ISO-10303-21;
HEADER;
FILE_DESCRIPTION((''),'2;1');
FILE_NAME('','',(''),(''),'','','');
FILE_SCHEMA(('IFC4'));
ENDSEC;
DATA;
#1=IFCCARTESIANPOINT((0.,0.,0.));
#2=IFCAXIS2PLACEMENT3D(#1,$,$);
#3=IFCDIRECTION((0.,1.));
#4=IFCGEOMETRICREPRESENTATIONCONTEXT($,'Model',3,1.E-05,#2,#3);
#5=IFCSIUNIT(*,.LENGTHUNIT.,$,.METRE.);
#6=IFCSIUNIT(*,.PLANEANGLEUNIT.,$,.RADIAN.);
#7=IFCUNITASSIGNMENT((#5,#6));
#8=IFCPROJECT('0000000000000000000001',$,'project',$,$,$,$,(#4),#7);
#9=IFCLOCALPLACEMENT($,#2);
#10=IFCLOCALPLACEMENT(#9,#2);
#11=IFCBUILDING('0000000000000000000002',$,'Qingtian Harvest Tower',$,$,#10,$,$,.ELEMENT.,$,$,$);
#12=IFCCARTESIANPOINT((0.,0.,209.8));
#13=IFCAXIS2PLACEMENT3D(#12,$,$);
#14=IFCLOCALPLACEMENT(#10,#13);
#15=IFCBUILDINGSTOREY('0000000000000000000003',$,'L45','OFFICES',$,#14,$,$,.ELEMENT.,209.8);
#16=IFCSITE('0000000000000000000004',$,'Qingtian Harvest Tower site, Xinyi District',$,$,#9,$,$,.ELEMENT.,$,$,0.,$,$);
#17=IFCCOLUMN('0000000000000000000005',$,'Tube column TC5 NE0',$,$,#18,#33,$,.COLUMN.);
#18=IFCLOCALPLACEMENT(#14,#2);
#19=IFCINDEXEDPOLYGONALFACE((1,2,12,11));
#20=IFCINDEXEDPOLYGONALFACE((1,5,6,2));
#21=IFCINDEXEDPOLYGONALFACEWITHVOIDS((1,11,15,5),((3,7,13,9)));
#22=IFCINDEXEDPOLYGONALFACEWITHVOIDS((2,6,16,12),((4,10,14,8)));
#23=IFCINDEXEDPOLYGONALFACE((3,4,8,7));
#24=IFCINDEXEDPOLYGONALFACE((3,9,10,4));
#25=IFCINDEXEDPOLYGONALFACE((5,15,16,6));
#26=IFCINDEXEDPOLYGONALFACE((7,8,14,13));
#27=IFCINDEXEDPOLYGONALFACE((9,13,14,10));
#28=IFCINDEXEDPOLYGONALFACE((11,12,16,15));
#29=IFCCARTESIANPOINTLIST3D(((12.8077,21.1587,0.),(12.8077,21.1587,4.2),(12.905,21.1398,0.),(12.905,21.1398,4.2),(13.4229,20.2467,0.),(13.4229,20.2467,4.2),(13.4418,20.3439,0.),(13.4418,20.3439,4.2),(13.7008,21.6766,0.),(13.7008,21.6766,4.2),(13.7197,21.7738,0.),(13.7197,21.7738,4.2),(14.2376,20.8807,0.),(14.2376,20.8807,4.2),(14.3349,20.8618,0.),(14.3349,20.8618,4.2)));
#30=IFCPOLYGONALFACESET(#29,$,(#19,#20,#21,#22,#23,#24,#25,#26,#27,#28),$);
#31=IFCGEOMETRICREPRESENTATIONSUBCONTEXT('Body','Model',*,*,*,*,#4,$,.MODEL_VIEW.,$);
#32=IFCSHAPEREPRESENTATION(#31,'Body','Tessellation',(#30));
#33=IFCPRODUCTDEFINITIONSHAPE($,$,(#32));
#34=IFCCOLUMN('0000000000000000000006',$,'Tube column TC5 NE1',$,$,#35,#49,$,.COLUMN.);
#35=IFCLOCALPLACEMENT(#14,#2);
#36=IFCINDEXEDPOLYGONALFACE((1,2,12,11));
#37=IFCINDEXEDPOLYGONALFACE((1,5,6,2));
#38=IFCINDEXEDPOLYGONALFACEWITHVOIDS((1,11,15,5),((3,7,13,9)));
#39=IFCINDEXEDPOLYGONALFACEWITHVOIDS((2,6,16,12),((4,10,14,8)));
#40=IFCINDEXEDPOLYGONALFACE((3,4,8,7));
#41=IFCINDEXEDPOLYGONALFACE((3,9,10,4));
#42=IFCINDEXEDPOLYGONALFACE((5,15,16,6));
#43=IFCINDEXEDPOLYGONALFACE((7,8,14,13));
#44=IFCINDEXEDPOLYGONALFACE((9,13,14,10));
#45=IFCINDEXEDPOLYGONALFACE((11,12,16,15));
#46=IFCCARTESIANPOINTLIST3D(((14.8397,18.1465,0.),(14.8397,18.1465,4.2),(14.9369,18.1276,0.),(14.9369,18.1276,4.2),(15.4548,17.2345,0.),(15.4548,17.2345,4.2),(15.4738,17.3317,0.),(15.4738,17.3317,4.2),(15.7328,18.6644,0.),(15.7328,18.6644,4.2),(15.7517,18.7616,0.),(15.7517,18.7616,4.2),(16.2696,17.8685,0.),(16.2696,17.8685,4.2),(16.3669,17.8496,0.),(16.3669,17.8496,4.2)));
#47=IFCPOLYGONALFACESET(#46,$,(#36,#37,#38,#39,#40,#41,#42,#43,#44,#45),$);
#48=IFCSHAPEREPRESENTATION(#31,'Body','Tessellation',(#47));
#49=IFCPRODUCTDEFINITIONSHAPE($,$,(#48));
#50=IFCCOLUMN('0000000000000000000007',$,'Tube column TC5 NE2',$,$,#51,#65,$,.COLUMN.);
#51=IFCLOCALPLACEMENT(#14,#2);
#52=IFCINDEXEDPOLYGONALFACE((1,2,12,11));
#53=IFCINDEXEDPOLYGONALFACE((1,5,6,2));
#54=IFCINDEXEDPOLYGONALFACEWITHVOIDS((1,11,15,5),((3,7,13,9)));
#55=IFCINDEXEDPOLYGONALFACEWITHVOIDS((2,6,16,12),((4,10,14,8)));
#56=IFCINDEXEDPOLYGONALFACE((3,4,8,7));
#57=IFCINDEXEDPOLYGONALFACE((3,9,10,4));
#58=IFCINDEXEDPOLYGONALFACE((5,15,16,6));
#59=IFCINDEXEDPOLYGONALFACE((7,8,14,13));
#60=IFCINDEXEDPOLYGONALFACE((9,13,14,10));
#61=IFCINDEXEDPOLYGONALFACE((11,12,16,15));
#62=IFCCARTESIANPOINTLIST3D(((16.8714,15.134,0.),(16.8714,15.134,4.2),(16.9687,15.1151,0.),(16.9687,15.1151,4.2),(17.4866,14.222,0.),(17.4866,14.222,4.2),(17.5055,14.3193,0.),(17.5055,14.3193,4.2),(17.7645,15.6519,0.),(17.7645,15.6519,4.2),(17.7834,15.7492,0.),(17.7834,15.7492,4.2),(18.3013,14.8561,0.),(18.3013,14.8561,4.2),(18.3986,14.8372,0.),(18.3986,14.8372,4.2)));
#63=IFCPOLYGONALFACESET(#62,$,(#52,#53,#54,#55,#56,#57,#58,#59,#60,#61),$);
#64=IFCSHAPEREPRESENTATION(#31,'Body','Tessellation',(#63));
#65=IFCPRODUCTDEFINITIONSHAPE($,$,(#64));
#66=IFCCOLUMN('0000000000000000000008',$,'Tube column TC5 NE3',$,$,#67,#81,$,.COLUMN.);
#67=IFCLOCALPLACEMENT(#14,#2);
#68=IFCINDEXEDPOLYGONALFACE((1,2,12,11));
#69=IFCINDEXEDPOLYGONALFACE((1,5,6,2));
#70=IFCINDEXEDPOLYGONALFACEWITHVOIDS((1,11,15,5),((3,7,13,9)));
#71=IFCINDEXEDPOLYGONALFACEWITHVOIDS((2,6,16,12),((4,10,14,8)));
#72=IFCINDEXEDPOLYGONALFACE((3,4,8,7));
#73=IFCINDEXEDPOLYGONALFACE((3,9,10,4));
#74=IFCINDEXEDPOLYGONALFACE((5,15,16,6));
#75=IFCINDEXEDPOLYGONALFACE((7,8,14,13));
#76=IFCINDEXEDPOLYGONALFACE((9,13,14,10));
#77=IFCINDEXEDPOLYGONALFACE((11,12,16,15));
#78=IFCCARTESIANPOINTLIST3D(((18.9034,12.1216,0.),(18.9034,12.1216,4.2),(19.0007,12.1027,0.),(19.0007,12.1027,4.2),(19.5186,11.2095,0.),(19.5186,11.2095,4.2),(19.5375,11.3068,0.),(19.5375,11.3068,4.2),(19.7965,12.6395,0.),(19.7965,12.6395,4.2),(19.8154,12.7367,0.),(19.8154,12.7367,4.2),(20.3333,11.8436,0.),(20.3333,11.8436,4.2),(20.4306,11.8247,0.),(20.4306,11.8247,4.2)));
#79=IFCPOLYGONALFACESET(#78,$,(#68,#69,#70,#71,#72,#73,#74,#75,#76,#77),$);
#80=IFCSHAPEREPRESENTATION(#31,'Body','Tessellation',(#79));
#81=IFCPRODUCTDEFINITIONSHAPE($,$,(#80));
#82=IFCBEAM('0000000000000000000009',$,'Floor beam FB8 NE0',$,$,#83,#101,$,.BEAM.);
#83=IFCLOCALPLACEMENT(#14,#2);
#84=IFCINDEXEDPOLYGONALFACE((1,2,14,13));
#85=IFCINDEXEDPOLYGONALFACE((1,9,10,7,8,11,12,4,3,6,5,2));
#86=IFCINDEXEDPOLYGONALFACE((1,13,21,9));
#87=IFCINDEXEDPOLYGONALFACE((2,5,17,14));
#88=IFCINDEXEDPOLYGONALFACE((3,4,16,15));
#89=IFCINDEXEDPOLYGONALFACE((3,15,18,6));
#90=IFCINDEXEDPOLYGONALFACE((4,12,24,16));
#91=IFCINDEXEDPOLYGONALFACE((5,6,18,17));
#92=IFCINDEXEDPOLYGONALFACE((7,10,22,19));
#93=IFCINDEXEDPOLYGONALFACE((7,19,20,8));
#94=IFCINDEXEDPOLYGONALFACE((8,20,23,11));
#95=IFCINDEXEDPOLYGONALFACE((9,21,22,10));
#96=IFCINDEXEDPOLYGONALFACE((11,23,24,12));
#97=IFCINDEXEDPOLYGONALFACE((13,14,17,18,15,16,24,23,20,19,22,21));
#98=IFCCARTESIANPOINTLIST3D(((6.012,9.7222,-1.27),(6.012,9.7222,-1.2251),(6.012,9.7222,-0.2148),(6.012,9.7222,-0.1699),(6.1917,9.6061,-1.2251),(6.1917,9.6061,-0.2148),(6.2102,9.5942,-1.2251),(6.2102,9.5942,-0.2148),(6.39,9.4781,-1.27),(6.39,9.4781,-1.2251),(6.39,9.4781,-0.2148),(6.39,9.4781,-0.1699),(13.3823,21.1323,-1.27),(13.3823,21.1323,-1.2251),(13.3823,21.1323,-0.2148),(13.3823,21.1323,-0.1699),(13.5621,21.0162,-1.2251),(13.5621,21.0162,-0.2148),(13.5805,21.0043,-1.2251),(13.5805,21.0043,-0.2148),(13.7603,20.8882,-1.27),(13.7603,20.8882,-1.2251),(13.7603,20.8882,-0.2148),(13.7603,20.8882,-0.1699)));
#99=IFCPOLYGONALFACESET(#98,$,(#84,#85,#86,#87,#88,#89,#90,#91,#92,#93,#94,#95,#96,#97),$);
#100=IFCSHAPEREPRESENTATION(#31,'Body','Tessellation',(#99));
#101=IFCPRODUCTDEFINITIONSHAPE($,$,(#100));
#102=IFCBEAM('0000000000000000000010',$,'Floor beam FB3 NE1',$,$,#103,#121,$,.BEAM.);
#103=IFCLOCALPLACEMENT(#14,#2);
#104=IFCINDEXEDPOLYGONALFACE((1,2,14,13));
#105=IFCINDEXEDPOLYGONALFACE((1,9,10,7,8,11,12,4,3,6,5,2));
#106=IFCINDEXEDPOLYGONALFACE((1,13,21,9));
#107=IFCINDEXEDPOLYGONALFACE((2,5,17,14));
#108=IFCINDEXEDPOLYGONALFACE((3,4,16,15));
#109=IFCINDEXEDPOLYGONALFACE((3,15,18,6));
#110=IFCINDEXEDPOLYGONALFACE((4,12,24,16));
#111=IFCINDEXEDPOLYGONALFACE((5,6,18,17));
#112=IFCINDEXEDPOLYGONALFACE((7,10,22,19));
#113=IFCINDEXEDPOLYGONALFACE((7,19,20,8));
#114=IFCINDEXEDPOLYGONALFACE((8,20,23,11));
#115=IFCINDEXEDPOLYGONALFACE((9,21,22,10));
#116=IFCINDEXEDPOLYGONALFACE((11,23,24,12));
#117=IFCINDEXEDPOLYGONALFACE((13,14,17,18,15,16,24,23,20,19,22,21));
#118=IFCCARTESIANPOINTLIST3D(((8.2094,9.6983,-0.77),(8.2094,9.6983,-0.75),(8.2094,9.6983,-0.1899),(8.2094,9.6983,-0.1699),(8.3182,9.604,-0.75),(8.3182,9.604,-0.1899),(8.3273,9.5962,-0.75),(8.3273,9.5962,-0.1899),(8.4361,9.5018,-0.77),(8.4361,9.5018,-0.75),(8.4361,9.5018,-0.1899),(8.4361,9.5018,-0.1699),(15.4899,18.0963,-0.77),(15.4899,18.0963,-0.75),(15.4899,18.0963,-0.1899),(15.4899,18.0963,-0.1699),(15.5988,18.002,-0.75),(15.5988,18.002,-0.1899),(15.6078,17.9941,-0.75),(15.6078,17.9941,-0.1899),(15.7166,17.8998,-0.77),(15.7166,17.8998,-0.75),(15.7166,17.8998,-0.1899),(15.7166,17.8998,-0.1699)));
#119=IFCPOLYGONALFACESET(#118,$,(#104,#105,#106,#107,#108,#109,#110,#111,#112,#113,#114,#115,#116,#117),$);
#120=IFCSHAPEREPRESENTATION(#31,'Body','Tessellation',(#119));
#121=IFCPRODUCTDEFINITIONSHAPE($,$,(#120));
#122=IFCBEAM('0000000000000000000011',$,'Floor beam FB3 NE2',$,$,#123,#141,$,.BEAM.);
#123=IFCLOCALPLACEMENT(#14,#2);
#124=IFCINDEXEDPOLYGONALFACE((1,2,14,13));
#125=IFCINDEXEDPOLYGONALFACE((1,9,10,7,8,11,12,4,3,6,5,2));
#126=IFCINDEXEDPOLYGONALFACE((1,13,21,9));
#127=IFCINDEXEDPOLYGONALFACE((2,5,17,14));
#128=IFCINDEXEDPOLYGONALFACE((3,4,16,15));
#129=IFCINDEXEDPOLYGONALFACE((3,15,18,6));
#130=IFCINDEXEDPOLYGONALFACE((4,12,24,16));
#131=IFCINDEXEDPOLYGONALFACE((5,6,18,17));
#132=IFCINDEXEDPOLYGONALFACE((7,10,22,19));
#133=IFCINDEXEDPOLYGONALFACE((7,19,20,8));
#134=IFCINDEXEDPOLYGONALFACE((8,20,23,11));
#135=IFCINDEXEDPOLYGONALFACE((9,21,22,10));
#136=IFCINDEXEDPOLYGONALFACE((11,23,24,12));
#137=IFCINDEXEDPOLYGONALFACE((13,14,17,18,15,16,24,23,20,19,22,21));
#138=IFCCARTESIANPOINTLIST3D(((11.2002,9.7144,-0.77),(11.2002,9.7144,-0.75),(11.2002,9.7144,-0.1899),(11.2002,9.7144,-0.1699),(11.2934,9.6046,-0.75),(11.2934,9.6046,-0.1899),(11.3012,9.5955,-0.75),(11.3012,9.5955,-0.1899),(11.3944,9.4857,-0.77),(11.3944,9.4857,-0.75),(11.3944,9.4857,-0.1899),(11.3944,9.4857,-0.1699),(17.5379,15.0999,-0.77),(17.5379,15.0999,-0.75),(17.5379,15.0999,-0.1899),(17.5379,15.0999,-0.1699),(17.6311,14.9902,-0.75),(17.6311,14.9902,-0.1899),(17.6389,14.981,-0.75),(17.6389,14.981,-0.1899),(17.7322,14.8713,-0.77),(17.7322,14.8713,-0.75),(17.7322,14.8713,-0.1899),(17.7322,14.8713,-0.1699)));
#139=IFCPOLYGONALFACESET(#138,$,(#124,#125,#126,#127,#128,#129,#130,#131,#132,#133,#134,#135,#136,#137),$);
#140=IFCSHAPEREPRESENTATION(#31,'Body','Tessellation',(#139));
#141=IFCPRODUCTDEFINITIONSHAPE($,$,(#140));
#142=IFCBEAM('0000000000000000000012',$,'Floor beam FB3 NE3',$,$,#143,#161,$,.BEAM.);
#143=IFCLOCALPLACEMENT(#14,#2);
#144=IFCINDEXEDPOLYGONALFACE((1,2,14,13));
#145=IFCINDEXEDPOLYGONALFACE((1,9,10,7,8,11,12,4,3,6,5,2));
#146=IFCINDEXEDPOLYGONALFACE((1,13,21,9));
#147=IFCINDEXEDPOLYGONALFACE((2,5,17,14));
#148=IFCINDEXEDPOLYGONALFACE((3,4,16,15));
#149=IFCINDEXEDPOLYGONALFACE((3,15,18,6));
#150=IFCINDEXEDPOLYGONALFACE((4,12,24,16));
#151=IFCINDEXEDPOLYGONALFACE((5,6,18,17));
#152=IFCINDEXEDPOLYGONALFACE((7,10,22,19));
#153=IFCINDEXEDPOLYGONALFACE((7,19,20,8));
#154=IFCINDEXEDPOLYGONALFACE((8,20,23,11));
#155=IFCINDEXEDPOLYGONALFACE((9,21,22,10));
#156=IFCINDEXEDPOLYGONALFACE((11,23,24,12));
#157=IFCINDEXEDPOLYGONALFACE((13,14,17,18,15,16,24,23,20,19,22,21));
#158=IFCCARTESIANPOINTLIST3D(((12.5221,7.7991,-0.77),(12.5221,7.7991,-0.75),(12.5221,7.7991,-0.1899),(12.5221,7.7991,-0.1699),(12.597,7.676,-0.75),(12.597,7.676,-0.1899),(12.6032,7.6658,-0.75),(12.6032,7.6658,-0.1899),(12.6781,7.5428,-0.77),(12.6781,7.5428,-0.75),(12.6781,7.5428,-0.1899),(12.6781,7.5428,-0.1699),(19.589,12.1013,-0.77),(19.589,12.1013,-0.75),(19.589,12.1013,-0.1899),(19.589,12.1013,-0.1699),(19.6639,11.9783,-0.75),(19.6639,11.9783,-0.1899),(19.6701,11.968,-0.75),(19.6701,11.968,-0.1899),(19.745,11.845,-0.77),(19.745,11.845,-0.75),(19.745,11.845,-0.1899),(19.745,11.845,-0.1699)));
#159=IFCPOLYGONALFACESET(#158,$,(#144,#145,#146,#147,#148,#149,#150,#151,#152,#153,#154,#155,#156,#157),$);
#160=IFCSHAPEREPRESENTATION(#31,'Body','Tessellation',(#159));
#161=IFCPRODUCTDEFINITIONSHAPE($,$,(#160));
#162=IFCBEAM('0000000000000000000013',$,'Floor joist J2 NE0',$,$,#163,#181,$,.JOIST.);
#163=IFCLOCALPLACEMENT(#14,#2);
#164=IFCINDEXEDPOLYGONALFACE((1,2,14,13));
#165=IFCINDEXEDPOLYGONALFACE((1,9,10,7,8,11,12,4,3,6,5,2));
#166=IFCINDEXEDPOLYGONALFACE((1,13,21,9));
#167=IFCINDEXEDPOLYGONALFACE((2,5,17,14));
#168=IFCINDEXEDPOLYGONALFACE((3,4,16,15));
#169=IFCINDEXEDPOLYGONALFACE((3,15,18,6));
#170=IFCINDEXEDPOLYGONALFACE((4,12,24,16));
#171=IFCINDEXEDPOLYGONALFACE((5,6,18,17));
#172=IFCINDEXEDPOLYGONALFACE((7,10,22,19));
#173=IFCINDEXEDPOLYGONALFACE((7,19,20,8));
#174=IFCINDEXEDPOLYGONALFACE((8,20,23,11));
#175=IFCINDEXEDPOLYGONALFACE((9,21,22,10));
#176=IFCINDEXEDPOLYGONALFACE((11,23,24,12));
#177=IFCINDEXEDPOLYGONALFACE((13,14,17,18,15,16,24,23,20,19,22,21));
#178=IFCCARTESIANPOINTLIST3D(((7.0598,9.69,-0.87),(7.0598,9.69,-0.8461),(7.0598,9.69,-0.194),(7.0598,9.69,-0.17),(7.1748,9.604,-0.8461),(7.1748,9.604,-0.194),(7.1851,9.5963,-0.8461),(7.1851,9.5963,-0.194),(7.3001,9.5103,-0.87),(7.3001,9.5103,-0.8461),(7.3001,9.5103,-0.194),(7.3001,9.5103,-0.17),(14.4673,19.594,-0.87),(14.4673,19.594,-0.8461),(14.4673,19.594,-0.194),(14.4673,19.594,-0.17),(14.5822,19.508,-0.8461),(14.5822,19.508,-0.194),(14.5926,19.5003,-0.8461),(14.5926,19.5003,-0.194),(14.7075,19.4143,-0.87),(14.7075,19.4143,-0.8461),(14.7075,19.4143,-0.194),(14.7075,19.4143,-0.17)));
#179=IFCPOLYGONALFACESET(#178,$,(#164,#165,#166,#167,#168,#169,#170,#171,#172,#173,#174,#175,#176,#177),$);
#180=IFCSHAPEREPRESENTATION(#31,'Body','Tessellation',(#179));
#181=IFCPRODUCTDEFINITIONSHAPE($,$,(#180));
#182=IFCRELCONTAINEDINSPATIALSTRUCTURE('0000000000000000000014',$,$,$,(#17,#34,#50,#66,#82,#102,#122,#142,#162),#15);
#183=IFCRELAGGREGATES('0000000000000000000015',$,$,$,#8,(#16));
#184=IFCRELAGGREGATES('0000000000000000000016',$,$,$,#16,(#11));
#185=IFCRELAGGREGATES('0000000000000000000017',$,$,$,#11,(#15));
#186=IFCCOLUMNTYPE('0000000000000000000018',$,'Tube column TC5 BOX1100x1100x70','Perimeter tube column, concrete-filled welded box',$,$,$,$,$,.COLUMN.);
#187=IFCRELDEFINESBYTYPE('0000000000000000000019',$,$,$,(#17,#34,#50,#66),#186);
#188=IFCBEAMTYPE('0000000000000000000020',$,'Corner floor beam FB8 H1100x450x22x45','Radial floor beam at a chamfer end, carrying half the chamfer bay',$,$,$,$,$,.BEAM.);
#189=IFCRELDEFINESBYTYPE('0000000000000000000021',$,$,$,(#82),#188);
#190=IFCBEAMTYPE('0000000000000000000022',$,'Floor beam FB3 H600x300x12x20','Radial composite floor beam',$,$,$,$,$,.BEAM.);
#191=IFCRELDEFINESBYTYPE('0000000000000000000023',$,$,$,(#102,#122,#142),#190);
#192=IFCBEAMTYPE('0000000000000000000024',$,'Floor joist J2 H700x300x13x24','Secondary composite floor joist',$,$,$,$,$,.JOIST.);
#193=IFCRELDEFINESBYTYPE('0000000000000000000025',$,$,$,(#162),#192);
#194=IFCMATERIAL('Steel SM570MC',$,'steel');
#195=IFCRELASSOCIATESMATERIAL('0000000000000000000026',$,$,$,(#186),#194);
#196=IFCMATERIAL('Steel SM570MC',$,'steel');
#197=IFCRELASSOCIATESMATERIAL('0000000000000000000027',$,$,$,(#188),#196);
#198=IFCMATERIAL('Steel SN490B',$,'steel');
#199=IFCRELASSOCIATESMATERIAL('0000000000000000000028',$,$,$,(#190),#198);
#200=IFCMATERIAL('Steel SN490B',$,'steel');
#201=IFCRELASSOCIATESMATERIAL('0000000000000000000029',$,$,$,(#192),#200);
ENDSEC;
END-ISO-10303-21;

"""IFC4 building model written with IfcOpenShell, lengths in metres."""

from ifc_helpers import new_model, si_unit, direction, frame, origin, origin_2d, place, context, subcontext, project, spatial, hollow_rectangle, i_section, extrude, material, material_profile, profile_set, type_object, element, save


model = new_model("IFC4")

# Units and contexts
model_context = context("Model", 3, precision=1e-05, world=origin(), true_north=direction((0.0, 1.0)))
body_context = subcontext(model_context, "Body", "Model", "MODEL_VIEW")
ifc_project = project(units=[si_unit("LENGTHUNIT", "METRE"), si_unit("PLANEANGLEUNIT", "RADIAN")], contexts=[model_context])

# Site, building, storey
site_placement = place(None, origin())
site = spatial("IfcSite", under=ifc_project, at=site_placement, Name="Qingtian Harvest Tower site, Xinyi District", CompositionType="ELEMENT", RefElevation=0.0)
building_placement = place(site_placement, origin())
building = spatial("IfcBuilding", under=site, at=building_placement, Name="Qingtian Harvest Tower", CompositionType="ELEMENT")
storey_placement = place(building_placement, frame((0.0, 0.0, 209.8)))
storey = spatial("IfcBuildingStorey", under=building, at=storey_placement, Name="L45", Description="OFFICES", CompositionType="ELEMENT", Elevation=209.8)

# Columns
ifc_material_1 = material(Name="Steel SM570MC", Category="steel")
ifc_material_profile_1 = material_profile(ifc_material_1, hollow_rectangle(XDim=1.1001, YDim=1.1001, WallThickness=0.0701, at=origin_2d()), Name="BOX1100x1100x70")
ifc_profile_set_1 = profile_set([ifc_material_profile_1], Name="Steel SM570MC")
column_type = type_object("IfcColumnType", Name="Tube column TC5 BOX1100x1100x70", Description="Perimeter tube column, concrete-filled welded box", PredefinedType="COLUMN", material=ifc_profile_set_1)
for number, where, z_axis, x_axis, name in (
    (1, (13.5713, 21.0103, 0.0), (0.0, 0.0, 1.0), (-0.559193, 0.829038, 0.0), "Tube column TC5 NE0"),
    (2, (15.6033, 17.998, 0.0), (0.0, 0.0, 1.0), (-0.559193, 0.829038, 0.0), "Tube column TC5 NE1"),
    (3, (17.635, 14.9856, 0.0), (0.0, 0.0, 1.0), (-0.559193, 0.829038, 0.0), "Tube column TC5 NE2"),
    (4, (19.667, 11.9731, 0.0), (0.0, 0.0, 1.0), (-0.559193, 0.829038, 0.0), "Tube column TC5 NE3"),
):
    element("IfcColumn", number, at=place(storey_placement, frame(where, z_axis=z_axis, x_axis=x_axis)), inside=storey, type_object=column_type, Name=name, PredefinedType="COLUMN", context=body_context, shape_type="SweptSolid", body=[
        extrude(hollow_rectangle(XDim=1.1001, YDim=1.1001, WallThickness=0.0701, at=origin_2d()), origin(), (0.0, 0.0, 1.0), 4.2),
    ])

# Beams
ifc_material_2 = material(Name="Steel SM570MC", Category="steel")
ifc_material_profile_2 = material_profile(ifc_material_2, i_section(OverallWidth=0.45, OverallDepth=1.1001, WebThickness=0.022, FlangeThickness=0.0449, at=origin_2d()), Name="H1100x450x22x45")
ifc_profile_set_2 = profile_set([ifc_material_profile_2], Name="Steel SM570MC")
beam_type_1 = type_object("IfcBeamType", Name="Corner floor beam FB8 H1100x450x22x45", Description="Radial floor beam at a chamfer end, carrying half the chamfer bay", PredefinedType="BEAM", material=ifc_profile_set_2)
beam_1_placement = place(storey_placement, frame((13.5713, 21.0103, -0.72), z_axis=(-0.542593, -0.839996, 0.0), x_axis=(0.839996, -0.542593, 0.0)))
element("IfcBeam", 5, at=beam_1_placement, inside=storey, type_object=beam_type_1, Name="Floor beam FB8 NE0", PredefinedType="BEAM", context=body_context, shape_type="SweptSolid", body=[
    extrude(i_section(OverallWidth=0.45, OverallDepth=1.1001, WebThickness=0.022, FlangeThickness=0.0449, at=origin_2d()), origin(), (0.0, 0.0, 1.0), 13.5835),
])
ifc_material_3 = material(Name="Steel SN490B", Category="steel")
ifc_material_profile_3 = material_profile(ifc_material_3, i_section(OverallWidth=0.3, OverallDepth=0.6001, WebThickness=0.012, FlangeThickness=0.02, at=origin_2d()), Name="H600x300x12x20")
ifc_profile_set_3 = profile_set([ifc_material_profile_3], Name="Steel SN490B")
beam_type_2 = type_object("IfcBeamType", Name="Floor beam FB3 H600x300x12x20", Description="Radial composite floor beam", PredefinedType="BEAM", material=ifc_profile_set_3)
beam_2_placement = place(storey_placement, frame((15.6033, 17.998, -0.47), z_axis=(-0.655048, -0.755587, 0.0), x_axis=(0.755587, -0.655048, 0.0)))
element("IfcBeam", 6, at=beam_2_placement, inside=storey, type_object=beam_type_2, Name="Floor beam FB3 NE1", PredefinedType="BEAM", context=body_context, shape_type="SweptSolid", body=[
    extrude(i_section(OverallWidth=0.3, OverallDepth=0.6001, WebThickness=0.012, FlangeThickness=0.02, at=origin_2d()), origin(), (0.0, 0.0, 1.0), 11.1145),
])
beam_3_placement = place(storey_placement, frame((17.635, 14.9856, -0.47), z_axis=(-0.762028, -0.647544, 0.0), x_axis=(0.647544, -0.762028, 0.0)))
element("IfcBeam", 7, at=beam_3_placement, inside=storey, type_object=beam_type_2, Name="Floor beam FB3 NE2", PredefinedType="BEAM", context=body_context, shape_type="SweptSolid", body=[
    extrude(i_section(OverallWidth=0.3, OverallDepth=0.6001, WebThickness=0.012, FlangeThickness=0.02, at=origin_2d()), origin(), (0.0, 0.0, 1.0), 8.3169),
])
beam_4_placement = place(storey_placement, frame((19.667, 11.9731, -0.47), z_axis=(-0.854163, -0.520005, 0.0), x_axis=(0.520005, -0.854163, 0.0)))
element("IfcBeam", 8, at=beam_4_placement, inside=storey, type_object=beam_type_2, Name="Floor beam FB3 NE3", PredefinedType="BEAM", context=body_context, shape_type="SweptSolid", body=[
    extrude(i_section(OverallWidth=0.3, OverallDepth=0.6001, WebThickness=0.012, FlangeThickness=0.02, at=origin_2d()), origin(), (0.0, 0.0, 1.0), 8.2734),
])
ifc_material_4 = material(Name="Steel SN490B", Category="steel")
ifc_material_profile_4 = material_profile(ifc_material_4, i_section(OverallWidth=0.3, OverallDepth=0.7, WebThickness=0.0129, FlangeThickness=0.0239, at=origin_2d()), Name="H700x300x13x24")
ifc_profile_set_4 = profile_set([ifc_material_profile_4], Name="Steel SN490B")
beam_type_3 = type_object("IfcBeamType", Name="Floor joist J2 H700x300x13x24", Description="Secondary composite floor joist", PredefinedType="JOIST", material=ifc_profile_set_4)
beam_5_placement = place(storey_placement, frame((14.5874, 19.5042, -0.52), z_axis=(-0.598935, -0.800798, 0.0), x_axis=(0.800798, -0.598935, 0.0)))
element("IfcBeam", 9, at=beam_5_placement, inside=storey, type_object=beam_type_3, Name="Floor joist J2 NE0", PredefinedType="JOIST", context=body_context, shape_type="SweptSolid", body=[
    extrude(i_section(OverallWidth=0.3, OverallDepth=0.7, WebThickness=0.0129, FlangeThickness=0.0239, at=origin_2d()), origin(), (0.0, 0.0, 1.0), 12.3677),
])

save(model, "model.ifc")
